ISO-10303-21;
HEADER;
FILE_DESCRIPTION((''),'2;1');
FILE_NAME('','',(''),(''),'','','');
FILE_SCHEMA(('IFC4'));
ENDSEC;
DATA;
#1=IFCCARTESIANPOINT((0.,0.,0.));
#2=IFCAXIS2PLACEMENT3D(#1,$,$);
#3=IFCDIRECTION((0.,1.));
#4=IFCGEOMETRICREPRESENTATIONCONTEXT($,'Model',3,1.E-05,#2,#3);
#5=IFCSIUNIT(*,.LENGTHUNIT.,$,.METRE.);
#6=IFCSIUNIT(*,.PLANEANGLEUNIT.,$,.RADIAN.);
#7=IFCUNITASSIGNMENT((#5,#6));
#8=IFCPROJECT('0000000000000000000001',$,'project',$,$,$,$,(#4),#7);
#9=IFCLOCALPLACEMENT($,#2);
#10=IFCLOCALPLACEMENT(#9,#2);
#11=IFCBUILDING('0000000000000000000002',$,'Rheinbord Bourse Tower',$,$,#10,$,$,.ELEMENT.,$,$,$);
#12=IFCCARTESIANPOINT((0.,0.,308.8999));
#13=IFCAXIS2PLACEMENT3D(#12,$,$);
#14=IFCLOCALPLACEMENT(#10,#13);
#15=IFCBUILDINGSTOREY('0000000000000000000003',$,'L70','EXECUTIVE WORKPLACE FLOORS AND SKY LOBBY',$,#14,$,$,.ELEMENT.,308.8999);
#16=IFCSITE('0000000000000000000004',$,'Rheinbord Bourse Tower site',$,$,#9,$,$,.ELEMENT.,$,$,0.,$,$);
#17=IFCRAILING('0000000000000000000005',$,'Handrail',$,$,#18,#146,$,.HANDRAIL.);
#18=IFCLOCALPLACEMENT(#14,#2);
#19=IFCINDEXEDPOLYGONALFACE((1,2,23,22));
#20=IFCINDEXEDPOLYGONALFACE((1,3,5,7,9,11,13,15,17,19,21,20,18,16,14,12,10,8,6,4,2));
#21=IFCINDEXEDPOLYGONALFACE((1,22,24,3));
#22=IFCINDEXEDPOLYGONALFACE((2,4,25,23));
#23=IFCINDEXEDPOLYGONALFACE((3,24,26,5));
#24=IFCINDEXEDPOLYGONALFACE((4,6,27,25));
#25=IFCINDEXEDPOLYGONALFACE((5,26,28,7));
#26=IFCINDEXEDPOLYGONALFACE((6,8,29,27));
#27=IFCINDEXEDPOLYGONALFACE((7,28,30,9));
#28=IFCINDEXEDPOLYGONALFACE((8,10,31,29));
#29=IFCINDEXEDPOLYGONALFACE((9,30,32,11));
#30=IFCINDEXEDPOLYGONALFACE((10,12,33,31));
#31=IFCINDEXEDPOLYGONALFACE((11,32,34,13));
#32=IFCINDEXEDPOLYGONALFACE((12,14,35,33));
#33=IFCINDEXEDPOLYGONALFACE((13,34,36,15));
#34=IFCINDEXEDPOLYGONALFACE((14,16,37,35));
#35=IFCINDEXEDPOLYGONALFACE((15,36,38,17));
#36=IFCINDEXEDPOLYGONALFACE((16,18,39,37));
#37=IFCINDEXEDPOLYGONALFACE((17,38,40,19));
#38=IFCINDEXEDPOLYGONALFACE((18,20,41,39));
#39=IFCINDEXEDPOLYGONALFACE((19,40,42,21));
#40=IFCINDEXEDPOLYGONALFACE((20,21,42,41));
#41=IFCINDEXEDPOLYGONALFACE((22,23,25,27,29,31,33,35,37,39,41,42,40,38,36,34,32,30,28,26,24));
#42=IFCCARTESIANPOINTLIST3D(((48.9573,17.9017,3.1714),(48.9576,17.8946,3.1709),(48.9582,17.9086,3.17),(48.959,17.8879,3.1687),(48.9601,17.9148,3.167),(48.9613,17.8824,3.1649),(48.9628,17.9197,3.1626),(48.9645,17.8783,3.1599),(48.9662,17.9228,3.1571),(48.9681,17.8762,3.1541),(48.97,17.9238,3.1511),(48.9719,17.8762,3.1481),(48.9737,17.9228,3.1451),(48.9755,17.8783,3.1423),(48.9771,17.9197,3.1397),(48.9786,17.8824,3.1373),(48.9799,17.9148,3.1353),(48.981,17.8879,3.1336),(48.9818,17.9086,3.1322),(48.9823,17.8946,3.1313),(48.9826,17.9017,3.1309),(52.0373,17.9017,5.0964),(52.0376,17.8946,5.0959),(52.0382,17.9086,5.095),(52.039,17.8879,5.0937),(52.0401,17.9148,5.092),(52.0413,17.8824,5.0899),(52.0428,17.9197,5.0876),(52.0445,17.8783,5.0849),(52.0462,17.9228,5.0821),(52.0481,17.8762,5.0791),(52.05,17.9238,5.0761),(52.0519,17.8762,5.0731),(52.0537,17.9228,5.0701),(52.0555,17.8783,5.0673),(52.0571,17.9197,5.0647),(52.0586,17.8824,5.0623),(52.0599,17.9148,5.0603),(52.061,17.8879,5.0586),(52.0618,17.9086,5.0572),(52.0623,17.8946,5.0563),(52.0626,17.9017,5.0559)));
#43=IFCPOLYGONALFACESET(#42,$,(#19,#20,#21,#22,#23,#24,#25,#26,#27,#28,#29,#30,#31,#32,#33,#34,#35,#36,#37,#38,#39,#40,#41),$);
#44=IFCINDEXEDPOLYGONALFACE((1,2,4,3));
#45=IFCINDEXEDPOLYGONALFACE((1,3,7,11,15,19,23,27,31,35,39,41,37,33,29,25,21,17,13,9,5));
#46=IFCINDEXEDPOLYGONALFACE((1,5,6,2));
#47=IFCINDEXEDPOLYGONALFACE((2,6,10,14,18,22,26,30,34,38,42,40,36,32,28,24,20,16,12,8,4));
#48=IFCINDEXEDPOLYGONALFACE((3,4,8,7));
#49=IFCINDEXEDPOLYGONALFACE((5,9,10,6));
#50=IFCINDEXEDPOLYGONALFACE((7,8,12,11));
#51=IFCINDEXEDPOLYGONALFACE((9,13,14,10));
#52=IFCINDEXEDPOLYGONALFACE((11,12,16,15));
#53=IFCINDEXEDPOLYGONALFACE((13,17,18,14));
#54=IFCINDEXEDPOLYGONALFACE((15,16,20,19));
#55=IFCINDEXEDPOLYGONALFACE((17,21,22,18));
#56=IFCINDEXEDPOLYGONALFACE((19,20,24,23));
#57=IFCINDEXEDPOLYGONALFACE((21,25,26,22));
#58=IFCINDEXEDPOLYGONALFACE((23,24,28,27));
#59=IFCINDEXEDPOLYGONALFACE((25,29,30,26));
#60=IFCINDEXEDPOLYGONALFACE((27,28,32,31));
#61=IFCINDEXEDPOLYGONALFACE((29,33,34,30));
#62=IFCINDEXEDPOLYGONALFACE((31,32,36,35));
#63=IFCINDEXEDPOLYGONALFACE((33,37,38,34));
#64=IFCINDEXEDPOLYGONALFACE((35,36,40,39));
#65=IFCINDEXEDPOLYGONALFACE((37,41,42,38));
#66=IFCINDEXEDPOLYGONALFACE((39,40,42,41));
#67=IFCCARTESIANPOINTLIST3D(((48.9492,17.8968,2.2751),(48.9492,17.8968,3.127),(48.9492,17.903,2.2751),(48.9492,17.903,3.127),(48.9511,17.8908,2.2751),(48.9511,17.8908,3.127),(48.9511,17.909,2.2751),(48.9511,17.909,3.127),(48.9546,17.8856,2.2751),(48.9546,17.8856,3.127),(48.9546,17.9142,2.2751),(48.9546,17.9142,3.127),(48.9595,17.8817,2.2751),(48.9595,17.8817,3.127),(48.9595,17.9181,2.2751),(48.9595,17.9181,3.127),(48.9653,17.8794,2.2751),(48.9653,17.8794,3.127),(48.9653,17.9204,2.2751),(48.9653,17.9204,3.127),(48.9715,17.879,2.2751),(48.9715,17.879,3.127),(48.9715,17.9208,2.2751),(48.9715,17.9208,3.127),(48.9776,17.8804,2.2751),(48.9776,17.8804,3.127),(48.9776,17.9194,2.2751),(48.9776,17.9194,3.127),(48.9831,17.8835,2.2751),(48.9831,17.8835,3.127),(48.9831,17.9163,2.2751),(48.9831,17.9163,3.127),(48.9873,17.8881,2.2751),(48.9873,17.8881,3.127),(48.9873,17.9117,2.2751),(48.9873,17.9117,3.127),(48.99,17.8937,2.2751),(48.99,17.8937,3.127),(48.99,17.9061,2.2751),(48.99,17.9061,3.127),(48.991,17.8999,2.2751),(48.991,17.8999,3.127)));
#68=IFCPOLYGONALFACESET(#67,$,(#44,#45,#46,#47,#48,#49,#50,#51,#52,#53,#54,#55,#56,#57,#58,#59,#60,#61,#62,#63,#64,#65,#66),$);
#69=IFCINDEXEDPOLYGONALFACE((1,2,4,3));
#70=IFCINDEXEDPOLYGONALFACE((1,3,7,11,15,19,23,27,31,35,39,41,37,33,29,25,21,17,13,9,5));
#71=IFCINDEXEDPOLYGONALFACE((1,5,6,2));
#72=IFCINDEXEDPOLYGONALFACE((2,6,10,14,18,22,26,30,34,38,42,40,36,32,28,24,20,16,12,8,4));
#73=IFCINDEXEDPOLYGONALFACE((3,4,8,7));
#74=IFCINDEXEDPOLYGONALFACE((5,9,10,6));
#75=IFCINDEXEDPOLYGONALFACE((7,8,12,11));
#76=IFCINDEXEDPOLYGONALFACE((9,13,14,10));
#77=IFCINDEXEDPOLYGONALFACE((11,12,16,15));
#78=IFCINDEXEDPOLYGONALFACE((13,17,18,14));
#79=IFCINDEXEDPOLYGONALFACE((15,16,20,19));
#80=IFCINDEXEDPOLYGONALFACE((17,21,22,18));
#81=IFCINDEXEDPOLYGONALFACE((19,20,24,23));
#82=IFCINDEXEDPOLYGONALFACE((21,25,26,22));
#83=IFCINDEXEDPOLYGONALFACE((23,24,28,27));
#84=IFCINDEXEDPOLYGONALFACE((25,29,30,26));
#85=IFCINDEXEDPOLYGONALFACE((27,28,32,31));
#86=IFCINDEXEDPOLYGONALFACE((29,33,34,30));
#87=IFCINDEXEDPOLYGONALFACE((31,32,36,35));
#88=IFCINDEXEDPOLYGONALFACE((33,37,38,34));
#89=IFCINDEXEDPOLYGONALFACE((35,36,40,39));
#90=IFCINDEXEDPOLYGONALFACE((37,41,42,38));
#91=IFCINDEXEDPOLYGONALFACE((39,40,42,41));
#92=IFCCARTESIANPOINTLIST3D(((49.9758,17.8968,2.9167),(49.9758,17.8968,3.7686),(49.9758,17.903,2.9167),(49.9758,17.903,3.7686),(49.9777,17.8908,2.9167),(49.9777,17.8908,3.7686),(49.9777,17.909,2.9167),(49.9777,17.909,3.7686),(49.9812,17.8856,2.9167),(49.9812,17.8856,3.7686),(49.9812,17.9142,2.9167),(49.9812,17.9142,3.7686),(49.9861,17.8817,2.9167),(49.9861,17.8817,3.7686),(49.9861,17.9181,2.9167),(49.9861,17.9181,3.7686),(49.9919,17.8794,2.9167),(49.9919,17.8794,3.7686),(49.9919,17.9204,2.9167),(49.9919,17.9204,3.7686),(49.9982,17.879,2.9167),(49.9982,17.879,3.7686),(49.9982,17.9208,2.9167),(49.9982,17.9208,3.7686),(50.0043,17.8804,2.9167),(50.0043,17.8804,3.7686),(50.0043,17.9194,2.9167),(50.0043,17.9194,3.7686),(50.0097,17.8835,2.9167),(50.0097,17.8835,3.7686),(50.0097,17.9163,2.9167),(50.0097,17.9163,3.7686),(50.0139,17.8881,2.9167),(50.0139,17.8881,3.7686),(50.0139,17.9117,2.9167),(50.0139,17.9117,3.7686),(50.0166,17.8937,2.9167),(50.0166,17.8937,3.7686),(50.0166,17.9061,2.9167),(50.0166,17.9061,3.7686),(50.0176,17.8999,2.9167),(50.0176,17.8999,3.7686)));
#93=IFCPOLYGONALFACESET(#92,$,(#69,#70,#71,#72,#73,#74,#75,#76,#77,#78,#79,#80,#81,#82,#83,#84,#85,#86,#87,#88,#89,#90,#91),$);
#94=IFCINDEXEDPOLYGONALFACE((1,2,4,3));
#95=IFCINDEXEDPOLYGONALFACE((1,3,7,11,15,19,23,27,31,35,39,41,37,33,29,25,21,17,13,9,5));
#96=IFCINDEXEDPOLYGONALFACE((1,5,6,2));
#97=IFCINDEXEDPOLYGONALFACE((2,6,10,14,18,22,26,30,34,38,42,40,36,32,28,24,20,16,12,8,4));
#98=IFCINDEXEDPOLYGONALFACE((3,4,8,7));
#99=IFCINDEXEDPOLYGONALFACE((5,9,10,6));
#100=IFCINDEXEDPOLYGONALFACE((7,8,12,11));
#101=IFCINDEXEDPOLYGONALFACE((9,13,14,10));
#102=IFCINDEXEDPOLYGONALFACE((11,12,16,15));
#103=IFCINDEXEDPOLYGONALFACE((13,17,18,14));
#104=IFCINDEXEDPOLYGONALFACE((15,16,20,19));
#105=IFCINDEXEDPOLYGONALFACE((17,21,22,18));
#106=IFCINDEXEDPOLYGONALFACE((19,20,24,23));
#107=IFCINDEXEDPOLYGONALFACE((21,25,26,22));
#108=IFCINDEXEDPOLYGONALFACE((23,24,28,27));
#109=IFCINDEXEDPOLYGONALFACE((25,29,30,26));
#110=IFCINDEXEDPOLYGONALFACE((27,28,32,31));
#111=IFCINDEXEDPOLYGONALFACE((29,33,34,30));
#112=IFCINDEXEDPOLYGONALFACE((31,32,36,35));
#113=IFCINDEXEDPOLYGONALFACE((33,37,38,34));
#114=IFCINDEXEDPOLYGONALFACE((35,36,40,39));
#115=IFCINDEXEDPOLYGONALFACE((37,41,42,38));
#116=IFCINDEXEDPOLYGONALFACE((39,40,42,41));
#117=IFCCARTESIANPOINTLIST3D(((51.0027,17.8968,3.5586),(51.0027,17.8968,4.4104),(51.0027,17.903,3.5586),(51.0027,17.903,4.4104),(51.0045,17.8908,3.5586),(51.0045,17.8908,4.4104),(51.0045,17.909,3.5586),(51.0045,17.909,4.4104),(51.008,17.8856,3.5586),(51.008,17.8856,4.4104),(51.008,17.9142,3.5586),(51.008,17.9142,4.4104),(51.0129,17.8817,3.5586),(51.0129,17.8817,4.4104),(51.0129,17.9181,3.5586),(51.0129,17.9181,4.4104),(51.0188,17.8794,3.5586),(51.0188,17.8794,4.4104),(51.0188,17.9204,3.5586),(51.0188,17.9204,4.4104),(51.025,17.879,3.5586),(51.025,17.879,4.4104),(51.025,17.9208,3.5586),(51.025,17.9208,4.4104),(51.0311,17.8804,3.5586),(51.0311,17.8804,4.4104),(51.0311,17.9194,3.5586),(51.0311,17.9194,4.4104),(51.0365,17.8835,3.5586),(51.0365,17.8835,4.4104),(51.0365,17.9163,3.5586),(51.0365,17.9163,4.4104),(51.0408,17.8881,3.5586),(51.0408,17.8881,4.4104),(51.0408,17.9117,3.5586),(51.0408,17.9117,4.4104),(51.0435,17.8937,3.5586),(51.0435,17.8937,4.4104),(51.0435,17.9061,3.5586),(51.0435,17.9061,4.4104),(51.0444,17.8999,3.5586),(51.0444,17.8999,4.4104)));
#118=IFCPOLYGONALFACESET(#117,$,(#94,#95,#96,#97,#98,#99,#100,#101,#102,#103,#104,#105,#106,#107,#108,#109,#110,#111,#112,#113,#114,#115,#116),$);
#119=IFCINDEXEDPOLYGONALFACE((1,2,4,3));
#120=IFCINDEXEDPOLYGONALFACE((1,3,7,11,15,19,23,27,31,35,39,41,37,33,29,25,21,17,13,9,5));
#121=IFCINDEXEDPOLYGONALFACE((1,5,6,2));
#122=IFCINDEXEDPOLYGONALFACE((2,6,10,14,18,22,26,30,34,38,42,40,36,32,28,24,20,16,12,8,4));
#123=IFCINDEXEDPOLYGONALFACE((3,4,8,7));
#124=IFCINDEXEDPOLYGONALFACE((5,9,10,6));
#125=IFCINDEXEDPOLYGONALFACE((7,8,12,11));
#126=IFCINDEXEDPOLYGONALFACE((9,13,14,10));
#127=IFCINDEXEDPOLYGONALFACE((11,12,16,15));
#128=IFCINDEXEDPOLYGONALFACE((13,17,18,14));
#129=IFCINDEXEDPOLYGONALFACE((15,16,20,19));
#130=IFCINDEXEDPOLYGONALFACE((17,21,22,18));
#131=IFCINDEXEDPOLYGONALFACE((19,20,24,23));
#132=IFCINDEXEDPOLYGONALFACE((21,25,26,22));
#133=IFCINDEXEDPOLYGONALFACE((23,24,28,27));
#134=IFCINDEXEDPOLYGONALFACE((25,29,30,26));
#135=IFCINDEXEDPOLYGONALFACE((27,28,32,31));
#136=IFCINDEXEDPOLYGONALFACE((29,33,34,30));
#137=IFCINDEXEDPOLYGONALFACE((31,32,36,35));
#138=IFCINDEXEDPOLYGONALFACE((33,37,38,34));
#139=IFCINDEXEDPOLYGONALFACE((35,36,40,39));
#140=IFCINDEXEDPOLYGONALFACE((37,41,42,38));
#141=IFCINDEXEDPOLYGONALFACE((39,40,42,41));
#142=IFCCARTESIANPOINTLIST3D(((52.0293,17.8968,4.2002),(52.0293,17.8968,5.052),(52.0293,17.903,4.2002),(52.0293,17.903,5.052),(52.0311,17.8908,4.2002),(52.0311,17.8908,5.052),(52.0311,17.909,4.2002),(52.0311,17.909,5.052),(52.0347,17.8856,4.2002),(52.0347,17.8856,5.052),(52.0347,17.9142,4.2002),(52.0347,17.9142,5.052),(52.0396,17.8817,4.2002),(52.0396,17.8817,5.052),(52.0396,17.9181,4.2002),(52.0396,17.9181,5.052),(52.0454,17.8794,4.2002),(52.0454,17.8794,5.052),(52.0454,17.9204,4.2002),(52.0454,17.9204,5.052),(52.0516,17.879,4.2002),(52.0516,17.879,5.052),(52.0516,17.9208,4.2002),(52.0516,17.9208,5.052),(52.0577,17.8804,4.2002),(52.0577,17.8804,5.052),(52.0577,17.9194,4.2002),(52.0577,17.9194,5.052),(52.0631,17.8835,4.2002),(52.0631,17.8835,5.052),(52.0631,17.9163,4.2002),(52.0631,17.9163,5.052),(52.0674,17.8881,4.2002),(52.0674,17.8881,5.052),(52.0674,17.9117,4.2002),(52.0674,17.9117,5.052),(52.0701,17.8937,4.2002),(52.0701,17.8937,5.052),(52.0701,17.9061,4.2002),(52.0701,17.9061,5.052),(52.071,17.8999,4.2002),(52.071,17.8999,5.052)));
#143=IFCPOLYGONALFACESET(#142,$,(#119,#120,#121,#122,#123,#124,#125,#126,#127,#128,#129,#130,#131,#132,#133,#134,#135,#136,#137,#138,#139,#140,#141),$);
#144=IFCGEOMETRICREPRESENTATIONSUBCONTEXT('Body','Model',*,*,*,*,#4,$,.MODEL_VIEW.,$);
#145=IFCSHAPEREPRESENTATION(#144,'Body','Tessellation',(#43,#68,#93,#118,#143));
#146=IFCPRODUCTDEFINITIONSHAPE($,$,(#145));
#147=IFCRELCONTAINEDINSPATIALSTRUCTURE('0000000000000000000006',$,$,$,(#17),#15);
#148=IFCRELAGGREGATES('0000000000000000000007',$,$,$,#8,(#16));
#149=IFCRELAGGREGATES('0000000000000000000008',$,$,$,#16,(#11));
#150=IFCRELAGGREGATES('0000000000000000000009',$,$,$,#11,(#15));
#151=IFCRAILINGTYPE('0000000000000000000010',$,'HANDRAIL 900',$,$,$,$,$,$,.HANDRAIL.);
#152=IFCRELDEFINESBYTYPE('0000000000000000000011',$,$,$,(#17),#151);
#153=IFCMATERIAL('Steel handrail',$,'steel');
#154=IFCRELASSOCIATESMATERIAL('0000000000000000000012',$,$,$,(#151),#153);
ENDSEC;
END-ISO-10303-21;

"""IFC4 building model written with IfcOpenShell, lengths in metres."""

from ifc_helpers import new_model, si_unit, direction, frame, origin, origin_2d, place, context, subcontext, project, spatial, circle, extrude, material, type_object, element, save


model = new_model("IFC4")

# Units and contexts
model_context = context("Model", 3, precision=1e-05, world=origin(), true_north=direction((0.0, 1.0)))
body_context = subcontext(model_context, "Body", "Model", "MODEL_VIEW")
ifc_project = project(units=[si_unit("LENGTHUNIT", "METRE"), si_unit("PLANEANGLEUNIT", "RADIAN")], contexts=[model_context])

# Site, building, storey
site_placement = place(None, origin())
site = spatial("IfcSite", under=ifc_project, at=site_placement, Name="Rheinbord Bourse Tower site", CompositionType="ELEMENT", RefElevation=0.0)
building_placement = place(site_placement, origin())
building = spatial("IfcBuilding", under=site, at=building_placement, Name="Rheinbord Bourse Tower", CompositionType="ELEMENT")
storey_placement = place(building_placement, frame((0.0, 0.0, 308.8999)))
storey = spatial("IfcBuildingStorey", under=building, at=storey_placement, Name="L70", Description="EXECUTIVE WORKPLACE FLOORS AND SKY LOBBY", CompositionType="ELEMENT", Elevation=308.8999)

# Railing
ifc_material_1 = material(Name="Steel handrail", Category="steel")
railing_type = type_object("IfcRailingType", Name="HANDRAIL 900", PredefinedType="HANDRAIL", material=ifc_material_1)
railing_1_placement = place(storey_placement, frame((48.97, 17.8999, 2.2751)))
element("IfcRailing", 1, at=railing_1_placement, inside=storey, type_object=railing_type, Name="Handrail", PredefinedType="HANDRAIL", context=body_context, shape_type="SweptSolid", body=[
    extrude(circle(Radius=0.0239, at=origin_2d()), frame((0.0, 0.0, 0.876), z_axis=(0.847998, 0.0, 0.529999), x_axis=(0.0, 1.0, 0.0)), (0.0, 0.0, 1.0), 3.6321),
    extrude(circle(Radius=0.021, at=origin_2d()), origin(), (0.0, 0.0, 1.0), 0.8518),
    extrude(circle(Radius=0.021, at=origin_2d()), frame((1.0266, 0.0, 0.6416)), (0.0, 0.0, 1.0), 0.8518),
    extrude(circle(Radius=0.021, at=origin_2d()), frame((2.0535, 0.0, 1.2834)), (0.0, 0.0, 1.0), 0.8518),
    extrude(circle(Radius=0.021, at=origin_2d()), frame((3.0801, 0.0, 1.925)), (0.0, 0.0, 1.0), 0.8518),
])

save(model, "model.ifc")
